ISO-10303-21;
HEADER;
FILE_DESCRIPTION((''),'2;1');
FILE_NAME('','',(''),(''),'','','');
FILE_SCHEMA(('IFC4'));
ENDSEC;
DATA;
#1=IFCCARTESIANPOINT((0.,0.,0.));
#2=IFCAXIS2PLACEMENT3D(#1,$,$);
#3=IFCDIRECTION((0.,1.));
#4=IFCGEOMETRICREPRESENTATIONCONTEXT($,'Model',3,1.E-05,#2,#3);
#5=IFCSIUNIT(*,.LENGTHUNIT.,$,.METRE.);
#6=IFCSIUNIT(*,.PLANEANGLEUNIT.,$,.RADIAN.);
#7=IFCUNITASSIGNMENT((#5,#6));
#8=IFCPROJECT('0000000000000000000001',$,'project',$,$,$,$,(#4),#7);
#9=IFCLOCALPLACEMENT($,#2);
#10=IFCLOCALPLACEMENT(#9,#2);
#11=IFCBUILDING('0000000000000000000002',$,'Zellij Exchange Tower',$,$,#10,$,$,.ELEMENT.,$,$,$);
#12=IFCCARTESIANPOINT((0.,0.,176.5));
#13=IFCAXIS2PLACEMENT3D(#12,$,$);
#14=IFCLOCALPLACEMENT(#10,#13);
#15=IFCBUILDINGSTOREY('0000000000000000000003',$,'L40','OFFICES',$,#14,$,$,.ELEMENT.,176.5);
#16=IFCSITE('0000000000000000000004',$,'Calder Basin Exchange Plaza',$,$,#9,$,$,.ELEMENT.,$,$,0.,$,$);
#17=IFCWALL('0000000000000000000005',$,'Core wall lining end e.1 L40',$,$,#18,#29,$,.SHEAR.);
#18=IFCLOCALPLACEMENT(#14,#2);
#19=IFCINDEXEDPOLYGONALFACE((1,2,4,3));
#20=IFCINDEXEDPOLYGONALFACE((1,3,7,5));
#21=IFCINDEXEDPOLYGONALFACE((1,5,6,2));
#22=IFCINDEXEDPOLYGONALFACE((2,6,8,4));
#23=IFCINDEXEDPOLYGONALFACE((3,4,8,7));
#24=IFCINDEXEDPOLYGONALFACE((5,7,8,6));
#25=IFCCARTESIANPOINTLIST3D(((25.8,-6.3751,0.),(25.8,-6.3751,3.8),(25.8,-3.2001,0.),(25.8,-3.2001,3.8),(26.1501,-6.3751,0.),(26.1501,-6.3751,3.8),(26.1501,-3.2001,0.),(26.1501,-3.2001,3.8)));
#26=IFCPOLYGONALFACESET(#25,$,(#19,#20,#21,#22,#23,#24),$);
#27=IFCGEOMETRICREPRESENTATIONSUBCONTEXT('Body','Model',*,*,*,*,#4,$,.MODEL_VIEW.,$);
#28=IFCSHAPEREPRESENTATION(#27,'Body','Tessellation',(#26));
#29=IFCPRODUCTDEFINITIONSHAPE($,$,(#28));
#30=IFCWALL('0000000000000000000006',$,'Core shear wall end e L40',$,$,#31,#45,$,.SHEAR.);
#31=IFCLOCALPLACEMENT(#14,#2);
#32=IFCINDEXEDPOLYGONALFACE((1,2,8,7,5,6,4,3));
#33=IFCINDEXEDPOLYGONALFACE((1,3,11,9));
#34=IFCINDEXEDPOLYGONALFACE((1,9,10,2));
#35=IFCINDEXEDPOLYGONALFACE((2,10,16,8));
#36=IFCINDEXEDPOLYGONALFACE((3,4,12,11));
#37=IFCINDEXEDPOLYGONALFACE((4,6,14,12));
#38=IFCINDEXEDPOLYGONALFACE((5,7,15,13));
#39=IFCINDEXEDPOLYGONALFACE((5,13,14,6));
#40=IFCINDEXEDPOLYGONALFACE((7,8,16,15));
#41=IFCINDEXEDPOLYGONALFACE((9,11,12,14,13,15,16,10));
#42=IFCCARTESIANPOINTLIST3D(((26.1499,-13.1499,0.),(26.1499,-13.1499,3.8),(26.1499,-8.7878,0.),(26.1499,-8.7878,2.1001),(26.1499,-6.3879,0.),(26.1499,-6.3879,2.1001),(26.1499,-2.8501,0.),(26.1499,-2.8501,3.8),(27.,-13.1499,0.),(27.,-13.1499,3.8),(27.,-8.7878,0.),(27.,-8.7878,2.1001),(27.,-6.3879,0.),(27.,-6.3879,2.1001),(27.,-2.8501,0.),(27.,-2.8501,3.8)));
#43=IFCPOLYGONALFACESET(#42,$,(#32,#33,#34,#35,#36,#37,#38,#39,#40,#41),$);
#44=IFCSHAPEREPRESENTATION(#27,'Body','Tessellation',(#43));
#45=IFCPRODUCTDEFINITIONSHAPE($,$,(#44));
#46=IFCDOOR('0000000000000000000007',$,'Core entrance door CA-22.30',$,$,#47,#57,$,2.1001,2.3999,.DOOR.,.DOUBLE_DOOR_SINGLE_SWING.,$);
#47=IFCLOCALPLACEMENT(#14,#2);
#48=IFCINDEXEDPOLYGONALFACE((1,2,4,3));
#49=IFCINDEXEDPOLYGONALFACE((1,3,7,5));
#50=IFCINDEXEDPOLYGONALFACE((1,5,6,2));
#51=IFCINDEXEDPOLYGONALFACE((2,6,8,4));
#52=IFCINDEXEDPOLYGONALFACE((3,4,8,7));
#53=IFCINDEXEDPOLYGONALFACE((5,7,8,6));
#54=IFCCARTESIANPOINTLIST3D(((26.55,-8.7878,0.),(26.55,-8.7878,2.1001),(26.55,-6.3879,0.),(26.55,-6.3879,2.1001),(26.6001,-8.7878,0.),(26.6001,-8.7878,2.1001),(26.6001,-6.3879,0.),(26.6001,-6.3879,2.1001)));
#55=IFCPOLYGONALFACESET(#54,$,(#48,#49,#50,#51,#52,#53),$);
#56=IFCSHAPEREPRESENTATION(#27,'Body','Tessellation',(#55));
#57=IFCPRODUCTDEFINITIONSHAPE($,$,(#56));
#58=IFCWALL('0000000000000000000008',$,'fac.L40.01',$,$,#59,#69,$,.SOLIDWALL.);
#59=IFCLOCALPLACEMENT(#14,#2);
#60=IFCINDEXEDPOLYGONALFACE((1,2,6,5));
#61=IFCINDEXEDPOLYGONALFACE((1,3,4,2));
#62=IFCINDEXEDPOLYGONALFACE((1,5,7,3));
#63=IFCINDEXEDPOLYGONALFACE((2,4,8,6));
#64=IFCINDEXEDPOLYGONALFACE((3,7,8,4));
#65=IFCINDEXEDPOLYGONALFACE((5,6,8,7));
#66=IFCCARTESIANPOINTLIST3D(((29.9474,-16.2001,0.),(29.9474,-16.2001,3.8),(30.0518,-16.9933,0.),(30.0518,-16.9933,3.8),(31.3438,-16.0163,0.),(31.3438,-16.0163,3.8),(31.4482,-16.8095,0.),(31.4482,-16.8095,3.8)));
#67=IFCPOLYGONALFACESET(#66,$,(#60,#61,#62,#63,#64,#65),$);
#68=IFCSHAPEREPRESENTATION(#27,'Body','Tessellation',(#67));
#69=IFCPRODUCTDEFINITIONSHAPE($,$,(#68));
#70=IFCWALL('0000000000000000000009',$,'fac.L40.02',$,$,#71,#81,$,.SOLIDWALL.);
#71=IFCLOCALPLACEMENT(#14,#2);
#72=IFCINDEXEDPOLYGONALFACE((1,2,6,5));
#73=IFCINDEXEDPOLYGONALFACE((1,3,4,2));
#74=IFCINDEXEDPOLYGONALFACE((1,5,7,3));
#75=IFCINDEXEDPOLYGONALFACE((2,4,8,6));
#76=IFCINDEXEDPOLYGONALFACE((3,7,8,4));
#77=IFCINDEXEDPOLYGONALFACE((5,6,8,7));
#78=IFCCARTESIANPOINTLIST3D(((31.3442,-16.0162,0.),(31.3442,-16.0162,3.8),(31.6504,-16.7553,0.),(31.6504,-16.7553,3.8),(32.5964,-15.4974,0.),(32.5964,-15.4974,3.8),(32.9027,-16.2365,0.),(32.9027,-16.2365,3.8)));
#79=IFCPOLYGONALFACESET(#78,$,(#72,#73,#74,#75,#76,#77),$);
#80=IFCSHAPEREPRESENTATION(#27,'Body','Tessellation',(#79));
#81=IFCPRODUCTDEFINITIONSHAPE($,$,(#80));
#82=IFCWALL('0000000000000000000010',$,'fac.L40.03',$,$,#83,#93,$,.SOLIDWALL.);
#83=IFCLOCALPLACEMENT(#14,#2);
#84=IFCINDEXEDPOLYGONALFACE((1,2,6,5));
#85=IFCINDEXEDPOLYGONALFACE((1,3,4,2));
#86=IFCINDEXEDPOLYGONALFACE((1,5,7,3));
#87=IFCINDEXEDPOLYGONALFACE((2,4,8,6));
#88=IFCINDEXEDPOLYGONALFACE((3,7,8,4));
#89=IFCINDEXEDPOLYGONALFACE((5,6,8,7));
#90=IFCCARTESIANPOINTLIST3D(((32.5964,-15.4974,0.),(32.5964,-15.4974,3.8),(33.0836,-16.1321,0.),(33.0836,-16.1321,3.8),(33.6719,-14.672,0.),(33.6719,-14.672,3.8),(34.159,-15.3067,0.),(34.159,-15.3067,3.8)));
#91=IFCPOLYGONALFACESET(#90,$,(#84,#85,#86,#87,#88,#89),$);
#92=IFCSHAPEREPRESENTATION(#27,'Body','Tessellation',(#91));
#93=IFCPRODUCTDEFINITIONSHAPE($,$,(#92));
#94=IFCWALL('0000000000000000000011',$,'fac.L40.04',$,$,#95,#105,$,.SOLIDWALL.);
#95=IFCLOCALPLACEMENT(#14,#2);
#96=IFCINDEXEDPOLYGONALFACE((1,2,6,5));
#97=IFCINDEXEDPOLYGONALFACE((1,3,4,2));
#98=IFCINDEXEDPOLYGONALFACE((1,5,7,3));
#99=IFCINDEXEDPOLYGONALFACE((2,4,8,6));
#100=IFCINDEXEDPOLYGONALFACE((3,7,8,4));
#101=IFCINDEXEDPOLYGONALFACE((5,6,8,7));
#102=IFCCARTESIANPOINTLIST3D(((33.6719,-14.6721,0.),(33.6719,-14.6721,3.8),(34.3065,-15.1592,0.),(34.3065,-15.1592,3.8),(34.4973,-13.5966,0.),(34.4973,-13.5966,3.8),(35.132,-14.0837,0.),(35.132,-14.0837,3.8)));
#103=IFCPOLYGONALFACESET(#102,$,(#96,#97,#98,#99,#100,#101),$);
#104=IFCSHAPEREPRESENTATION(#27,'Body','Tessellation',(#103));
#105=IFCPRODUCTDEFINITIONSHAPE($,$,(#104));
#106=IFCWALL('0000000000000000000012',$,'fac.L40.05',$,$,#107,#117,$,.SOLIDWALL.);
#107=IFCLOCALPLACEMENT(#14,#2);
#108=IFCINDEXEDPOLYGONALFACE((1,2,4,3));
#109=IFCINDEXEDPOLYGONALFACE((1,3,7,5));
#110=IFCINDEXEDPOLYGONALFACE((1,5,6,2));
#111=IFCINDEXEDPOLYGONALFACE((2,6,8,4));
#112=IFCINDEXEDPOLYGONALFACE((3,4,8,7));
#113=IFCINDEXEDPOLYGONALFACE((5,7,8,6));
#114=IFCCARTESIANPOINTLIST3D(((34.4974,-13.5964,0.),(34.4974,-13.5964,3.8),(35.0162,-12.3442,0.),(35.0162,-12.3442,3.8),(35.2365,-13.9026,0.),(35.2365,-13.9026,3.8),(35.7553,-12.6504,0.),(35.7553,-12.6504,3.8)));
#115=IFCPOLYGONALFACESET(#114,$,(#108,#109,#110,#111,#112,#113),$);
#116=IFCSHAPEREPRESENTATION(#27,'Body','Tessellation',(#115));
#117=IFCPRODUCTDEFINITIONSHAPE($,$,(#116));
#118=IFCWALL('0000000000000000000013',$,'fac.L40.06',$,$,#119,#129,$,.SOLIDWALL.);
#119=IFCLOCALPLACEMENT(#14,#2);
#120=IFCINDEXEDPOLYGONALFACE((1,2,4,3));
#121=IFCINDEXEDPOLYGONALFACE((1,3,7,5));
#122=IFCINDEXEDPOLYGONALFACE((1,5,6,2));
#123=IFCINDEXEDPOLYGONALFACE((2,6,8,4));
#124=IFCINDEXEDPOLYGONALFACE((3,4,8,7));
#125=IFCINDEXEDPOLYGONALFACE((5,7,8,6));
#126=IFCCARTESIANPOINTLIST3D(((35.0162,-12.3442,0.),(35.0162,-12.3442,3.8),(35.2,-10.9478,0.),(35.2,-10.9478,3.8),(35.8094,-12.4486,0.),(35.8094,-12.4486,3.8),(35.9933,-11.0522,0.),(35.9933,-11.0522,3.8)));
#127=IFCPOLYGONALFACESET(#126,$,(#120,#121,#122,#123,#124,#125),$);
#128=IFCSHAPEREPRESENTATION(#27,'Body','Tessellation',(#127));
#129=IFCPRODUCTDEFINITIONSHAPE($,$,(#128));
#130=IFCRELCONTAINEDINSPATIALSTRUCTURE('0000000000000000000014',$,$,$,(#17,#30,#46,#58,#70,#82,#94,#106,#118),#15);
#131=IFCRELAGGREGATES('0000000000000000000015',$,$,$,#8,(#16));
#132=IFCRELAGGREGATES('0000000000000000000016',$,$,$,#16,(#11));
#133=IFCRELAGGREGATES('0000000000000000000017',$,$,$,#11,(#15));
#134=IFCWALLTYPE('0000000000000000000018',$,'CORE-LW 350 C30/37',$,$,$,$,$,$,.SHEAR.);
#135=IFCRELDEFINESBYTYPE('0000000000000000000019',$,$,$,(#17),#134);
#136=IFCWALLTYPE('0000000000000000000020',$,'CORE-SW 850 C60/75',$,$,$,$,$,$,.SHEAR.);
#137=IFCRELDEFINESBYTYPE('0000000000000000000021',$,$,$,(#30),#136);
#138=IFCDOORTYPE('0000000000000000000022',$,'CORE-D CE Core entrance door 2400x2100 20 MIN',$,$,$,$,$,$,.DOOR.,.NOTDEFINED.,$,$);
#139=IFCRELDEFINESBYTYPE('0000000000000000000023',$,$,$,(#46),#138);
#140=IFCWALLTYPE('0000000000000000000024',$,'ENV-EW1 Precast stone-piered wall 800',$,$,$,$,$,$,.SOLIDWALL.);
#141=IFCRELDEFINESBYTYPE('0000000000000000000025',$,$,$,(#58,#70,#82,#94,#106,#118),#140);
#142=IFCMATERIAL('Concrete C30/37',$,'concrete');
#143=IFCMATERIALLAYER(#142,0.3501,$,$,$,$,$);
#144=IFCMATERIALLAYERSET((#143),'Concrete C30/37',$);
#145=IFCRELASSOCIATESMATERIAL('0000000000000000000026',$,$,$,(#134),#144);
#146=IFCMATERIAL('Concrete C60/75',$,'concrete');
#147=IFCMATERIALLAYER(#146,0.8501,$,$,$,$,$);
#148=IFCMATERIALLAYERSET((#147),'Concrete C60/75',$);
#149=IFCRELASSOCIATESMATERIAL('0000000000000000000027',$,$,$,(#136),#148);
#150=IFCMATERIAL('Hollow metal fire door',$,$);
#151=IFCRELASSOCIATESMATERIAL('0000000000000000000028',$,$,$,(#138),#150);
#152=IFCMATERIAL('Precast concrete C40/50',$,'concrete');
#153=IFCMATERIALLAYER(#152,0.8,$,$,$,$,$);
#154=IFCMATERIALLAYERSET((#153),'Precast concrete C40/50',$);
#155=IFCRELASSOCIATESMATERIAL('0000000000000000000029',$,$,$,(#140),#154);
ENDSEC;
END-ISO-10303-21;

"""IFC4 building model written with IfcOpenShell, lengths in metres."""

from ifc_helpers import new_model, si_unit, direction, frame, frame_2d, origin, place, context, subcontext, project, spatial, rectangle, extrude, material, layer, layer_set, type_object, element, fill, save


model = new_model("IFC4")

# Units and contexts
model_context = context("Model", 3, precision=1e-05, world=origin(), true_north=direction((0.0, 1.0)))
body_context = subcontext(model_context, "Body", "Model", "MODEL_VIEW")
ifc_project = project(units=[si_unit("LENGTHUNIT", "METRE"), si_unit("PLANEANGLEUNIT", "RADIAN")], contexts=[model_context])

# Site, building, storey
site_placement = place(None, origin())
site = spatial("IfcSite", under=ifc_project, at=site_placement, Name="Calder Basin Exchange Plaza", CompositionType="ELEMENT", RefElevation=0.0)
building_placement = place(site_placement, origin())
building = spatial("IfcBuilding", under=site, at=building_placement, Name="Zellij Exchange Tower", CompositionType="ELEMENT")
storey_placement = place(building_placement, frame((0.0, 0.0, 176.5)))
storey = spatial("IfcBuildingStorey", under=building, at=storey_placement, Name="L40", Description="OFFICES", CompositionType="ELEMENT", Elevation=176.5)

# Shared definitions
ifc_material_1 = material(Name="Concrete C60/75", Category="concrete")

# Wall
ifc_material_2 = material(Name="Concrete C30/37", Category="concrete")
ifc_layer_1 = layer(ifc_material_2, 0.3501)
ifc_layer_set_1 = layer_set([ifc_layer_1], Name="Concrete C30/37")
wall_type_1 = type_object("IfcWallType", Name="CORE-LW 350 C30/37", PredefinedType="SHEAR", material=ifc_layer_set_1)
wall_1_placement = place(storey_placement, frame((25.9751, -6.375, 0.0), z_axis=(0.0, 0.0, 1.0), x_axis=(0.0, 1.0, 0.0)))
element("IfcWall", 1, at=wall_1_placement, inside=storey, type_object=wall_type_1, Name="Core wall lining end e.1 L40", PredefinedType="SHEAR", context=body_context, shape_type="SweptSolid", body=[
    extrude(rectangle(XDim=3.175, YDim=0.3501, at=frame_2d((1.5874, 0.0))), origin(), (0.0, 0.0, 1.0), 3.8),
])

# Wall, opening, door
ifc_layer_2 = layer(ifc_material_1, 0.8501)
ifc_layer_set_2 = layer_set([ifc_layer_2], Name="Concrete C60/75")
wall_type_2 = type_object("IfcWallType", Name="CORE-SW 850 C60/75", PredefinedType="SHEAR", material=ifc_layer_set_2)
wall_2_placement = place(storey_placement, frame((26.575, -13.1499, 0.0), z_axis=(0.0, 0.0, 1.0), x_axis=(0.0, 1.0, 0.0)))
wall_2 = element("IfcWall", 2, at=wall_2_placement, inside=storey, type_object=wall_type_2, Name="Core shear wall end e L40", PredefinedType="SHEAR", context=body_context, shape_type="SweptSolid", body=[
    extrude(rectangle(XDim=10.2998, YDim=0.8501, at=frame_2d((5.1499, 0.0))), origin(), (0.0, 0.0, 1.0), 3.8),
])
opening_1_placement = place(wall_2_placement, frame((4.3621, 0.0, 0.0)))
opening_1 = element("IfcOpeningElement", 3, at=opening_1_placement, cuts=wall_2, PredefinedType="OPENING", context=body_context, shape_type="SweptSolid", body=[
    extrude(rectangle(XDim=2.3999, YDim=2.1001, at=frame_2d((1.2, 1.05))), frame((0.0, 0.437, 0.0), z_axis=(0.0, -1.0, 0.0), x_axis=(1.0, 0.0, 0.0)), (0.0, 0.0, 1.0), 0.874),
])
ifc_material_3 = material(Name="Hollow metal fire door")
door_type_1 = type_object("IfcDoorType", Name="CORE-D CE Core entrance door 2400x2100 20 MIN", OperationType="NOTDEFINED", PredefinedType="DOOR", material=ifc_material_3)
door_1_placement = place(opening_1_placement, origin())
door_1 = element("IfcDoor", 4, at=door_1_placement, inside=storey, type_object=door_type_1, Name="Core entrance door CA-22.30", OperationType="DOUBLE_DOOR_SINGLE_SWING", OverallHeight=2.1001, OverallWidth=2.3999, PredefinedType="DOOR", context=body_context, shape_type="SweptSolid", body=[
    extrude(rectangle(XDim=2.3999, YDim=2.1001, at=frame_2d((1.2, 1.05))), frame((0.0, 0.0249, 0.0), z_axis=(0.0, -1.0, 0.0), x_axis=(1.0, 0.0, 0.0)), (0.0, 0.0, 1.0), 0.05),
])
fill(opening_1, door_1)

# Walls
ifc_material_4 = material(Name="Precast concrete C40/50", Category="concrete")
ifc_layer_3 = layer(ifc_material_4, 0.8)
ifc_layer_set_3 = layer_set([ifc_layer_3], Name="Precast concrete C40/50")
wall_type_3 = type_object("IfcWallType", Name="ENV-EW1 Precast stone-piered wall 800", PredefinedType="SOLIDWALL", material=ifc_layer_set_3)
wall_3_placement = place(storey_placement, frame((29.9998, -16.5967, 0.0), z_axis=(0.0, 0.0, 1.0), x_axis=(0.991446, 0.130517, 0.0)))
element("IfcWall", 5, at=wall_3_placement, inside=storey, type_object=wall_type_3, Name="fac.L40.01", PredefinedType="SOLIDWALL", context=body_context, shape_type="SweptSolid", body=[
    extrude(rectangle(XDim=1.4084, YDim=0.8, at=frame_2d((0.7041, 0.0))), origin(), (0.0, 0.0, 1.0), 3.8),
])
wall_4_placement = place(storey_placement, frame((31.4973, -16.3857, 0.0), z_axis=(0.0, 0.0, 1.0), x_axis=(0.923848, 0.38276, 0.0)))
element("IfcWall", 6, at=wall_4_placement, inside=storey, type_object=wall_type_3, Name="fac.L40.02", PredefinedType="SOLIDWALL", context=body_context, shape_type="SweptSolid", body=[
    extrude(rectangle(XDim=1.3555, YDim=0.8, at=frame_2d((0.6777, 0.0))), origin(), (0.0, 0.0, 1.0), 3.8),
])
for number, where, z_axis, x_axis, name in (
    (7, (32.8401, -15.8147, 0.0), (0.0, 0.0, 1.0), (0.793273, 0.608866, 0.0), "fac.L40.03"),
    (8, (33.9893, -14.9155, 0.0), (0.0, 0.0, 1.0), (0.608866, 0.793273, 0.0), "fac.L40.04"),
):
    element("IfcWall", number, at=place(storey_placement, frame(where, z_axis=z_axis, x_axis=x_axis)), inside=storey, type_object=wall_type_3, Name=name, PredefinedType="SOLIDWALL", context=body_context, shape_type="SweptSolid", body=[
        extrude(rectangle(XDim=1.3557, YDim=0.8, at=frame_2d((0.6777, 0.0))), origin(), (0.0, 0.0, 1.0), 3.8),
    ])
wall_5_placement = place(storey_placement, frame((34.8669, -13.7495, 0.0), z_axis=(0.0, 0.0, 1.0), x_axis=(0.38276, 0.923848, 0.0)))
element("IfcWall", 9, at=wall_5_placement, inside=storey, type_object=wall_type_3, Name="fac.L40.05", PredefinedType="SOLIDWALL", context=body_context, shape_type="SweptSolid", body=[
    extrude(rectangle(XDim=1.3555, YDim=0.8, at=frame_2d((0.6777, 0.0))), origin(), (0.0, 0.0, 1.0), 3.8),
])
wall_6_placement = place(storey_placement, frame((35.4128, -12.3962, 0.0), z_axis=(0.0, 0.0, 1.0), x_axis=(0.130517, 0.991446, 0.0)))
element("IfcWall", 10, at=wall_6_placement, inside=storey, type_object=wall_type_3, Name="fac.L40.06", PredefinedType="SOLIDWALL", context=body_context, shape_type="SweptSolid", body=[
    extrude(rectangle(XDim=1.4084, YDim=0.8, at=frame_2d((0.7041, 0.0))), origin(), (0.0, 0.0, 1.0), 3.8),
])

save(model, "model.ifc")
